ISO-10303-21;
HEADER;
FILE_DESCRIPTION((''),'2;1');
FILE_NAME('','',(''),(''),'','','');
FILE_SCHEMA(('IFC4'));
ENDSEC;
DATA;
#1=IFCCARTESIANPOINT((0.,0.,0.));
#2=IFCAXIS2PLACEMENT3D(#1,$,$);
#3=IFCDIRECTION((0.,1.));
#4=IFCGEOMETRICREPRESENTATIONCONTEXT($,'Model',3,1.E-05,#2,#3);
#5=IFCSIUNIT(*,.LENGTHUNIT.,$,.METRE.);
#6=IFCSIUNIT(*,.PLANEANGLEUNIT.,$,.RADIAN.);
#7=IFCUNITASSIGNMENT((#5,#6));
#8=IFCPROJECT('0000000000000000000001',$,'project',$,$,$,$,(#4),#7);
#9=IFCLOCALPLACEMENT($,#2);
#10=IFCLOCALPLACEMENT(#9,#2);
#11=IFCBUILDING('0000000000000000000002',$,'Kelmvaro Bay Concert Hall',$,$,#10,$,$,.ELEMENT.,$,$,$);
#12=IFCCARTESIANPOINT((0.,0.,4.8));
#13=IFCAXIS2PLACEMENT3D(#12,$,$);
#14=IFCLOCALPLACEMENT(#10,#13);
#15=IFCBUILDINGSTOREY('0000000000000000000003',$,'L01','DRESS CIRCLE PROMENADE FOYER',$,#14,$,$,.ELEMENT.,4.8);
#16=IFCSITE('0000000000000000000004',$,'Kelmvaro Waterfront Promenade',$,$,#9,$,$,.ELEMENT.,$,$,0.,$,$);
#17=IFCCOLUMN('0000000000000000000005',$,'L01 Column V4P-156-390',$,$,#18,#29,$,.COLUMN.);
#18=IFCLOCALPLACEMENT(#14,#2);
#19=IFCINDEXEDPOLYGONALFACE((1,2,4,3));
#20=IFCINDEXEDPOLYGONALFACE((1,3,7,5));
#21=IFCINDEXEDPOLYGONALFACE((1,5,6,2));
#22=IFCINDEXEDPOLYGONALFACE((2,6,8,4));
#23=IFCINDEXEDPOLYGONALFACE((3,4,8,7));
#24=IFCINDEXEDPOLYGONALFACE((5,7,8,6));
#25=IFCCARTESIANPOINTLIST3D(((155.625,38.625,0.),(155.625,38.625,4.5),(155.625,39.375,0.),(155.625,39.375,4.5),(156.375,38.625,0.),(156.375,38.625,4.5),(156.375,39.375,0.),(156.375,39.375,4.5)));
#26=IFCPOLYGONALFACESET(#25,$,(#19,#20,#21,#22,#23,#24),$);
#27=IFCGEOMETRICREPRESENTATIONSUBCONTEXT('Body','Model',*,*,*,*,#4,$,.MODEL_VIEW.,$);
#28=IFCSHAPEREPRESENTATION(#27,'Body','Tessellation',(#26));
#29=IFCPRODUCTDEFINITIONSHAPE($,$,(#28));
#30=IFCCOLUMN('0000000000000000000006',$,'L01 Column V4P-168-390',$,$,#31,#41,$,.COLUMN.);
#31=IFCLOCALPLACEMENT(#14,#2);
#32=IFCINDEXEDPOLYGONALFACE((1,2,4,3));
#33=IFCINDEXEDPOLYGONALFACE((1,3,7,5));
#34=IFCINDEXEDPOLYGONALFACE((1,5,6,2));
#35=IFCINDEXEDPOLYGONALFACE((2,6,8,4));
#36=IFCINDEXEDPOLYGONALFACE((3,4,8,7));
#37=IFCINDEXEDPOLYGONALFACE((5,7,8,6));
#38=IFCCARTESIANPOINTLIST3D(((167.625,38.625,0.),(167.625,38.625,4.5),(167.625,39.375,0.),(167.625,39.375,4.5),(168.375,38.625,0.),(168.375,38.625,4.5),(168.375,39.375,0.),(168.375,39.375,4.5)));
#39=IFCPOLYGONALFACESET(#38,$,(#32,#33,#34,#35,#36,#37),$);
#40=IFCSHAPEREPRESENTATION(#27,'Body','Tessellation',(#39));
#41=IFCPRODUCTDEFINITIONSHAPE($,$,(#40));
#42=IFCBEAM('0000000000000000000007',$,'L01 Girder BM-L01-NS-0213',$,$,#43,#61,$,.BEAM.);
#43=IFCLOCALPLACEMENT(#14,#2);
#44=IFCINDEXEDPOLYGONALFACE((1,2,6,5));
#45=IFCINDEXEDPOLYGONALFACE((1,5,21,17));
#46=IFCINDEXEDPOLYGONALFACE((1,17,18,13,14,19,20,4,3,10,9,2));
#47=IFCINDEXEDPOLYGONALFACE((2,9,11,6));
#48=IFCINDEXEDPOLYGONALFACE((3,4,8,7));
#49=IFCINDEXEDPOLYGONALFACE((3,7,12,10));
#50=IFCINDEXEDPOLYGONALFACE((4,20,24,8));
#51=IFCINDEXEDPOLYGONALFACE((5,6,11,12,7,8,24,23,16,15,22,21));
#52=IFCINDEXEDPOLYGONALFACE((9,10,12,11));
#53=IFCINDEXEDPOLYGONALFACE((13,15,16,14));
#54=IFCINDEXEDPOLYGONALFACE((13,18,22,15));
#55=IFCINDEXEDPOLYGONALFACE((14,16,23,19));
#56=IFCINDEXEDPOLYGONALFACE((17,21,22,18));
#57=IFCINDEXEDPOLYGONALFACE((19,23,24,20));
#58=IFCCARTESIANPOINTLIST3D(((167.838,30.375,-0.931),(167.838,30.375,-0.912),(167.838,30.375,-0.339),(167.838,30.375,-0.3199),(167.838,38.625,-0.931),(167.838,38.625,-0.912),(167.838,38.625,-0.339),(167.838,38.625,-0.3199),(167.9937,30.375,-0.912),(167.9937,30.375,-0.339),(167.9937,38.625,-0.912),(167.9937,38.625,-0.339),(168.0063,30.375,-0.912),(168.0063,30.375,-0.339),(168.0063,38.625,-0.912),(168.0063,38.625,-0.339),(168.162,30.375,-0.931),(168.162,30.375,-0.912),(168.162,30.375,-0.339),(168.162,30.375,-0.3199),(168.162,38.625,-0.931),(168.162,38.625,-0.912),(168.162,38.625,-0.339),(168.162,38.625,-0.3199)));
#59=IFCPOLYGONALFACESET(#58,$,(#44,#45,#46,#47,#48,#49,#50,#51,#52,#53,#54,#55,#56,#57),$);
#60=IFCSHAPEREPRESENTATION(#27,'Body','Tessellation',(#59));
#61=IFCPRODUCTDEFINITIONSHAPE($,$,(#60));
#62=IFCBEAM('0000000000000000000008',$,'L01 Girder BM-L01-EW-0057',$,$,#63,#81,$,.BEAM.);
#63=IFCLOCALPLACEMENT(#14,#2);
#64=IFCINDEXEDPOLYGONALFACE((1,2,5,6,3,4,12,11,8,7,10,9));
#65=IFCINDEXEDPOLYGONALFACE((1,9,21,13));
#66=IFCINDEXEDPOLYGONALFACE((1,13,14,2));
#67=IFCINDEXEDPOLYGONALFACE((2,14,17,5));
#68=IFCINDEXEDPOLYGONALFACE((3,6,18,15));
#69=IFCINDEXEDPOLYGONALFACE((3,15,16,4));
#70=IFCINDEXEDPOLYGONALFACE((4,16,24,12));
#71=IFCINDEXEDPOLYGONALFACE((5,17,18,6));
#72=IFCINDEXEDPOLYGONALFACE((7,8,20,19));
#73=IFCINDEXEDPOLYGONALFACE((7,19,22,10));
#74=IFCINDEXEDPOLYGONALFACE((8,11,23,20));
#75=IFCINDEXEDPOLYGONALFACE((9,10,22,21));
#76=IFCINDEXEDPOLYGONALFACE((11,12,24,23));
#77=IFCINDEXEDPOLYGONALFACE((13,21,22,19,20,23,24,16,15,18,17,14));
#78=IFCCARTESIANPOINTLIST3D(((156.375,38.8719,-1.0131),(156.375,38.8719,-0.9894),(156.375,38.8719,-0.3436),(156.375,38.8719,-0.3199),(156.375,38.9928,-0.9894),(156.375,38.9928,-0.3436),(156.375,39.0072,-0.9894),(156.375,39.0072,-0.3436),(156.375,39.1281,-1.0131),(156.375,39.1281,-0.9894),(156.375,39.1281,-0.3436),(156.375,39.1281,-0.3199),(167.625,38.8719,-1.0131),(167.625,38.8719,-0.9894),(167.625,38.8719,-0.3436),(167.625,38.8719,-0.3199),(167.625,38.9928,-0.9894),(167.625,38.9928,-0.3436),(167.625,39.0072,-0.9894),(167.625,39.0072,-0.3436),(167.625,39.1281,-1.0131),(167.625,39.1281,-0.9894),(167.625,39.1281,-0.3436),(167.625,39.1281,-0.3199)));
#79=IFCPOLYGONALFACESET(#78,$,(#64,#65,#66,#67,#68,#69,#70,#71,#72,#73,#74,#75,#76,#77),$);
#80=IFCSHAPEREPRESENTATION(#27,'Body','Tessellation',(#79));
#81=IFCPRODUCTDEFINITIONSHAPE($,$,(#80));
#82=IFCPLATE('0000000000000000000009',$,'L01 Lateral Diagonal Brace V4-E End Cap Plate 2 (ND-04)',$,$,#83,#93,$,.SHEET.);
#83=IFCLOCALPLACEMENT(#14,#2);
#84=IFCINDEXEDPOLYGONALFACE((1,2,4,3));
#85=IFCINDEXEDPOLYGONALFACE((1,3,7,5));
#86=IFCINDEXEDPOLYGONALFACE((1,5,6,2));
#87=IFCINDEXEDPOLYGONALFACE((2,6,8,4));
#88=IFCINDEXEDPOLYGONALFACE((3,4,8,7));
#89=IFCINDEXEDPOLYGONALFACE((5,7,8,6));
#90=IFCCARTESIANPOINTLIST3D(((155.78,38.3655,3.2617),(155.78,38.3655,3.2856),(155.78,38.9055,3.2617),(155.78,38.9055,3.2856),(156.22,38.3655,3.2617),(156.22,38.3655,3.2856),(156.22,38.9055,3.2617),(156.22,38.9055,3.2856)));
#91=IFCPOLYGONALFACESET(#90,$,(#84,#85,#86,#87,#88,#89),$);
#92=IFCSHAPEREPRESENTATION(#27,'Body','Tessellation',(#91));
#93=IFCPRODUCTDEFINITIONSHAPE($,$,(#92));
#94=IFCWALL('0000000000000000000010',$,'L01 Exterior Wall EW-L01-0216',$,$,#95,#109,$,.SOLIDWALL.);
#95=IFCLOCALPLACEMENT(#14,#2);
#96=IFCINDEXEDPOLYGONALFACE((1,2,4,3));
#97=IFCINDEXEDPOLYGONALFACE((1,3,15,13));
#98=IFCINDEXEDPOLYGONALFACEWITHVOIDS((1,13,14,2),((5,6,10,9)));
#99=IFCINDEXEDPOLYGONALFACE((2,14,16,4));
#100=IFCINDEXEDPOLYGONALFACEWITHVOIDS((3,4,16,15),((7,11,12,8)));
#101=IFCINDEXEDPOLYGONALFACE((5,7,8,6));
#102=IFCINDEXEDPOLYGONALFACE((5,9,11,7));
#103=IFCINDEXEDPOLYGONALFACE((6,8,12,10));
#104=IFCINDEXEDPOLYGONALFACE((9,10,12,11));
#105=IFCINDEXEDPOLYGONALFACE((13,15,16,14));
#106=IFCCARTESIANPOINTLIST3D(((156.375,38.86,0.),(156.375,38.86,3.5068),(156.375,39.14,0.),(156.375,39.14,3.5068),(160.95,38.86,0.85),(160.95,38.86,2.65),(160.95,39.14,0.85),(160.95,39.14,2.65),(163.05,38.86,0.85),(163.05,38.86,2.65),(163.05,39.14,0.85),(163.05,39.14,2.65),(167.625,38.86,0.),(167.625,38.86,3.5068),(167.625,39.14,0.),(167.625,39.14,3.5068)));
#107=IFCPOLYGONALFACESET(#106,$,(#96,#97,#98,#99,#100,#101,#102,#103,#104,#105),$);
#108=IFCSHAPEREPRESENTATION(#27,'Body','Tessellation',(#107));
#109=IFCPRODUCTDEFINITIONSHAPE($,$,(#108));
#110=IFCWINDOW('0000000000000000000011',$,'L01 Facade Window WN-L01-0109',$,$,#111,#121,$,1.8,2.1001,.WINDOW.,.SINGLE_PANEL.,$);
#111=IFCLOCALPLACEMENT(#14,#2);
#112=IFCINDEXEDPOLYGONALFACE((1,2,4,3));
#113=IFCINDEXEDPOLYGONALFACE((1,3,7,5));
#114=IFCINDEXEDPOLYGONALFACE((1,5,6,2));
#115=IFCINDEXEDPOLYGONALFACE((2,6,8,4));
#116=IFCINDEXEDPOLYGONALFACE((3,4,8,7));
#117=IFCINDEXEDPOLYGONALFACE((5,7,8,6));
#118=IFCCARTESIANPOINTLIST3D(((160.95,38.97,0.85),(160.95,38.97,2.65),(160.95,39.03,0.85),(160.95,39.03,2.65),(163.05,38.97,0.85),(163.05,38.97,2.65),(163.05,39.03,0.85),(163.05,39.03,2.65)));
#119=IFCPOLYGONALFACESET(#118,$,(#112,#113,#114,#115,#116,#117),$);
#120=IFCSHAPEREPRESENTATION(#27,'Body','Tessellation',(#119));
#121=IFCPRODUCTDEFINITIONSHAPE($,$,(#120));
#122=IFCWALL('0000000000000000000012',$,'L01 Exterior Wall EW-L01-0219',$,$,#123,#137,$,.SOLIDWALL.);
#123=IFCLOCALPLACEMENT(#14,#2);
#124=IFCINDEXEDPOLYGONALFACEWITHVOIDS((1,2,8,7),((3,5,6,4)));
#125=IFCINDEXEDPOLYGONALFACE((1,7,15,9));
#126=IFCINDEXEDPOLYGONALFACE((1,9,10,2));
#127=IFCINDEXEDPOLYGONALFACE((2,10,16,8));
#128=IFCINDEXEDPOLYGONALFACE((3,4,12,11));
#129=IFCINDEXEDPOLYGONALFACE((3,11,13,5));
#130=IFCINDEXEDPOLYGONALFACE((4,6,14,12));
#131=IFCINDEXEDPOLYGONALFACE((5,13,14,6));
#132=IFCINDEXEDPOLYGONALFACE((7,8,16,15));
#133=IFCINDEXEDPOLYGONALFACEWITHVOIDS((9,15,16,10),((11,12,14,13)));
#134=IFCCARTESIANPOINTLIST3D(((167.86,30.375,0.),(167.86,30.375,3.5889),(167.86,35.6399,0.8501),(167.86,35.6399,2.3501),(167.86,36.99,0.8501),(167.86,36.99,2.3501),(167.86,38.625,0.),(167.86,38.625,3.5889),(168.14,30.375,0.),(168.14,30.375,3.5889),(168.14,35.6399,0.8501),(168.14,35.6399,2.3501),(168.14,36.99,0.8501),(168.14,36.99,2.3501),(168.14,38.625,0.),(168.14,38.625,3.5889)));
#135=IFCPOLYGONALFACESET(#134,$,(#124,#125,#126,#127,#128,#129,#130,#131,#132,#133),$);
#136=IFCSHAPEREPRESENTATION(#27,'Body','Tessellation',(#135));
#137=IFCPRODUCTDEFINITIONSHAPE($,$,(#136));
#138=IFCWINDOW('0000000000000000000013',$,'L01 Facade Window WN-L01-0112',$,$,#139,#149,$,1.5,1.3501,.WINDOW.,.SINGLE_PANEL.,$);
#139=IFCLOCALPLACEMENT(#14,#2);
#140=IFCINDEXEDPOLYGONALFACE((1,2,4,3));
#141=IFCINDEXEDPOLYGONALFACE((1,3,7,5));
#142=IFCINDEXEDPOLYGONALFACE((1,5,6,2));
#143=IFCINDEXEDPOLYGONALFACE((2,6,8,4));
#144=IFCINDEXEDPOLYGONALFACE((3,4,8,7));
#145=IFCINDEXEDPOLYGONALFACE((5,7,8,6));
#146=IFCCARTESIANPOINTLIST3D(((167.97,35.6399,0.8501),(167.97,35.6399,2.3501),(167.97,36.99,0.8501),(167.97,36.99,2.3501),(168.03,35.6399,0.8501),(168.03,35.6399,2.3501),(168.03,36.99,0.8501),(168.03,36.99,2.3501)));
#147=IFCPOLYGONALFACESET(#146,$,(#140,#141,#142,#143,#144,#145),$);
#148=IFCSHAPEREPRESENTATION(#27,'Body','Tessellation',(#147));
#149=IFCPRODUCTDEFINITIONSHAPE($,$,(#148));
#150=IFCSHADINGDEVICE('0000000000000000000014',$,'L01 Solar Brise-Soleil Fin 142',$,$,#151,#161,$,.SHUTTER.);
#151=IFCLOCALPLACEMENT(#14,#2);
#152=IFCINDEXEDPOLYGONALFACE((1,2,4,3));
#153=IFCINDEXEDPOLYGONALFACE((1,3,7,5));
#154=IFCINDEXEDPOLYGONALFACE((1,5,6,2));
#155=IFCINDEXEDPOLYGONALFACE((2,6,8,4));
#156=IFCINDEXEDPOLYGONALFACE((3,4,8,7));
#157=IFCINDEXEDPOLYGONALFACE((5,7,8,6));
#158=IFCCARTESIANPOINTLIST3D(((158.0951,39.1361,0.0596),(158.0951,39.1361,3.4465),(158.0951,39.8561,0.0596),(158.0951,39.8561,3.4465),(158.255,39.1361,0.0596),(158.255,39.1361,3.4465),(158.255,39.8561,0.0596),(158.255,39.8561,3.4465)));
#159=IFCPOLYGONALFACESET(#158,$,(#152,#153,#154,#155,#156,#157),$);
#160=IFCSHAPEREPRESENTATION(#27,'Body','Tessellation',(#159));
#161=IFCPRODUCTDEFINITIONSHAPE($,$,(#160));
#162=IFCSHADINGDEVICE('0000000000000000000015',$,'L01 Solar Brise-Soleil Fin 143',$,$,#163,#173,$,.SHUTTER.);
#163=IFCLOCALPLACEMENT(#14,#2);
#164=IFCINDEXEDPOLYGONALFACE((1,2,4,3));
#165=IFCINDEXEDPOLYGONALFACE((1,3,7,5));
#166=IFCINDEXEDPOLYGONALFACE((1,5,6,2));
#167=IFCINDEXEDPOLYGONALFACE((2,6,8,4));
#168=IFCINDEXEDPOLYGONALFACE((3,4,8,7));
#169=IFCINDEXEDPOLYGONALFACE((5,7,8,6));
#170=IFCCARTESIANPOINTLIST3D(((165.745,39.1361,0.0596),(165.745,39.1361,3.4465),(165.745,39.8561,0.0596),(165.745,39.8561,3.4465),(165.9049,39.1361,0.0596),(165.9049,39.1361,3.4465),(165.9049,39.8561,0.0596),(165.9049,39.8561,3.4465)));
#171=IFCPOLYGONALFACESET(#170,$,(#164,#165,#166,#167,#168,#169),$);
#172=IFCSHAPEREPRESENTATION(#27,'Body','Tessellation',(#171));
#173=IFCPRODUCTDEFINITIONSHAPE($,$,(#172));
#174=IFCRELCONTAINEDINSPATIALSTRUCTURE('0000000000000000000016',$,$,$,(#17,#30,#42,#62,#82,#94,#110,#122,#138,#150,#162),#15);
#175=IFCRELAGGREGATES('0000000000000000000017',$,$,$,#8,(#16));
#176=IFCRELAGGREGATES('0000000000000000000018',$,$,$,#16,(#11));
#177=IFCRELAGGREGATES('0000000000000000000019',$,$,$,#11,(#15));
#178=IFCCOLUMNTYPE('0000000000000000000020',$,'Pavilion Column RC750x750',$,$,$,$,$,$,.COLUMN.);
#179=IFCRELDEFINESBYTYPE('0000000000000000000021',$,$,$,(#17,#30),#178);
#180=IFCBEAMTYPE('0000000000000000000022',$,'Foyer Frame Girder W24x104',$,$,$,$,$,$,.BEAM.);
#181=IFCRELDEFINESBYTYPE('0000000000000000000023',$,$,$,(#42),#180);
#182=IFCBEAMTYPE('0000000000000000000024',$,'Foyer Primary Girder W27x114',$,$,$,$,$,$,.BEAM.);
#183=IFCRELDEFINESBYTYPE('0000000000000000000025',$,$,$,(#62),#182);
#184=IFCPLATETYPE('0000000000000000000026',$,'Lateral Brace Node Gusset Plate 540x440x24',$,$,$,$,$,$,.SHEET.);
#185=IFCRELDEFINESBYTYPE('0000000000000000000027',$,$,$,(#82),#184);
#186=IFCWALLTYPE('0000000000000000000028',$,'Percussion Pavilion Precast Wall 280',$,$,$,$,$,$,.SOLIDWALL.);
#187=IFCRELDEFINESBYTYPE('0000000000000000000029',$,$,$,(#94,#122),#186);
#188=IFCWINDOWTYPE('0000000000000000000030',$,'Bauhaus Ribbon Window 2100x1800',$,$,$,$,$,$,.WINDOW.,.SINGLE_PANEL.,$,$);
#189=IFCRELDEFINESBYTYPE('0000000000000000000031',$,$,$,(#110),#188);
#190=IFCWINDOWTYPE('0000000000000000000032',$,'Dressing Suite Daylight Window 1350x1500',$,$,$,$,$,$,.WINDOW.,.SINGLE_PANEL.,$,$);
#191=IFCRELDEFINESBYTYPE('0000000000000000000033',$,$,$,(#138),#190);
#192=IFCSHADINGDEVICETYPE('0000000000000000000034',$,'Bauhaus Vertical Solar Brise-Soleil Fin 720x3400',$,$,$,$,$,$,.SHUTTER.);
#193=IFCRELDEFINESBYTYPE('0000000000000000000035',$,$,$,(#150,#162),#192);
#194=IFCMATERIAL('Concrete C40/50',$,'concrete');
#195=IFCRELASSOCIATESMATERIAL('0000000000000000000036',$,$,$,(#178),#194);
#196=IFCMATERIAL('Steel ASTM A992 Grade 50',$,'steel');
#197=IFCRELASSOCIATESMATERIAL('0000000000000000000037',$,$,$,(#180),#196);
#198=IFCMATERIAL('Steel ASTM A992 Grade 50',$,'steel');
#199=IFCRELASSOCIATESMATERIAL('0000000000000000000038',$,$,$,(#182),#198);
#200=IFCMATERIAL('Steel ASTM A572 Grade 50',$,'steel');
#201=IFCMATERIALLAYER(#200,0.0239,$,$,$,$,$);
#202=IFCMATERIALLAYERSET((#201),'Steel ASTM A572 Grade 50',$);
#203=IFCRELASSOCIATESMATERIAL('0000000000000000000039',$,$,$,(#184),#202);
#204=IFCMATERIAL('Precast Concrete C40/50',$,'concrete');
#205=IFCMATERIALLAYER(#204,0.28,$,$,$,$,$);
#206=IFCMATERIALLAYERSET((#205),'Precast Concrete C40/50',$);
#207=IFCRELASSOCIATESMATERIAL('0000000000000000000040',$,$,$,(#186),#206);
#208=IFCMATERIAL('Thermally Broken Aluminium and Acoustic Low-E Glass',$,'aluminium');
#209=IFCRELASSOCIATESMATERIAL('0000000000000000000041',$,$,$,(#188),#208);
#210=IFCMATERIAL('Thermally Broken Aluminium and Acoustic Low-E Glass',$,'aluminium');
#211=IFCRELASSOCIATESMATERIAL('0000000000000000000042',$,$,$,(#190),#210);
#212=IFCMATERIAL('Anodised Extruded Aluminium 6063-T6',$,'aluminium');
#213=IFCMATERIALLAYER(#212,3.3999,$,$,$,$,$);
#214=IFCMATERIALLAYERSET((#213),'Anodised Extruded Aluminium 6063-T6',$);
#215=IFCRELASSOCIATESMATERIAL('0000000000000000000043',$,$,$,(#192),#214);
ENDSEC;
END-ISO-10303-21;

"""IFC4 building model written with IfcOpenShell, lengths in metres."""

from ifc_helpers import new_model, si_unit, direction, frame, frame_2d, origin, origin_2d, place, context, subcontext, project, spatial, rectangle, i_section, extrude, material, layer, layer_set, material_profile, profile_set, type_object, element, fill, save


model = new_model("IFC4")

# Units and contexts
model_context = context("Model", 3, precision=1e-05, world=origin(), true_north=direction((0.0, 1.0)))
body_context = subcontext(model_context, "Body", "Model", "MODEL_VIEW")
ifc_project = project(units=[si_unit("LENGTHUNIT", "METRE"), si_unit("PLANEANGLEUNIT", "RADIAN")], contexts=[model_context])

# Site, building, storey
site_placement = place(None, origin())
site = spatial("IfcSite", under=ifc_project, at=site_placement, Name="Kelmvaro Waterfront Promenade", CompositionType="ELEMENT", RefElevation=0.0)
building_placement = place(site_placement, origin())
building = spatial("IfcBuilding", under=site, at=building_placement, Name="Kelmvaro Bay Concert Hall", CompositionType="ELEMENT")
storey_placement = place(building_placement, frame((0.0, 0.0, 4.8)))
storey = spatial("IfcBuildingStorey", under=building, at=storey_placement, Name="L01", Description="DRESS CIRCLE PROMENADE FOYER", CompositionType="ELEMENT", Elevation=4.8)

# Columns
ifc_material_1 = material(Name="Concrete C40/50", Category="concrete")
ifc_material_profile_1 = material_profile(ifc_material_1, rectangle(XDim=0.75, YDim=0.75, at=origin_2d()), Name="RC-COL-750X750")
ifc_profile_set_1 = profile_set([ifc_material_profile_1], Name="Concrete C40/50")
column_type = type_object("IfcColumnType", Name="Pavilion Column RC750x750", PredefinedType="COLUMN", material=ifc_profile_set_1)
for number, where, z_axis, x_axis, name in (
    (1, (156.0, 39.0, 0.0), (0.0, 0.0, 1.0), (1.0, 0.0, 0.0), "L01 Column V4P-156-390"),
    (2, (168.0, 39.0, 0.0), (0.0, 0.0, 1.0), (1.0, 0.0, 0.0), "L01 Column V4P-168-390"),
):
    element("IfcColumn", number, at=place(storey_placement, frame(where, z_axis=z_axis, x_axis=x_axis)), inside=storey, type_object=column_type, Name=name, PredefinedType="COLUMN", context=body_context, shape_type="SweptSolid", body=[
        extrude(rectangle(XDim=0.75, YDim=0.75, at=origin_2d()), origin(), (0.0, 0.0, 1.0), 4.5),
    ])

# Beams
ifc_material_2 = material(Name="Steel ASTM A992 Grade 50", Category="steel")
ifc_material_profile_2 = material_profile(ifc_material_2, i_section(OverallWidth=0.324, OverallDepth=0.6111, WebThickness=0.0127, FlangeThickness=0.019, at=origin_2d()), Name="W24X104")
ifc_profile_set_2 = profile_set([ifc_material_profile_2], Name="Steel ASTM A992 Grade 50")
beam_type_1 = type_object("IfcBeamType", Name="Foyer Frame Girder W24x104", PredefinedType="BEAM", material=ifc_profile_set_2)
beam_1_placement = place(storey_placement, frame((168.0, 30.375, -0.6255), z_axis=(0.0, 1.0, 0.0), x_axis=(-1.0, 0.0, 0.0)))
element("IfcBeam", 3, at=beam_1_placement, inside=storey, type_object=beam_type_1, Name="L01 Girder BM-L01-NS-0213", PredefinedType="BEAM", context=body_context, shape_type="SweptSolid", body=[
    extrude(i_section(OverallWidth=0.324, OverallDepth=0.6111, WebThickness=0.0127, FlangeThickness=0.019, at=origin_2d()), origin(), (0.0, 0.0, 1.0), 8.25),
])
ifc_material_3 = material(Name="Steel ASTM A992 Grade 50", Category="steel")
ifc_material_profile_3 = material_profile(ifc_material_3, i_section(OverallWidth=0.2561, OverallDepth=0.6931, WebThickness=0.0144, FlangeThickness=0.0237, at=origin_2d()), Name="W27X114")
ifc_profile_set_3 = profile_set([ifc_material_profile_3], Name="Steel ASTM A992 Grade 50")
beam_type_2 = type_object("IfcBeamType", Name="Foyer Primary Girder W27x114", PredefinedType="BEAM", material=ifc_profile_set_3)
beam_2_placement = place(storey_placement, frame((156.375, 39.0, -0.6665), z_axis=(1.0, 0.0, 0.0), x_axis=(0.0, 1.0, 0.0)))
element("IfcBeam", 4, at=beam_2_placement, inside=storey, type_object=beam_type_2, Name="L01 Girder BM-L01-EW-0057", PredefinedType="BEAM", context=body_context, shape_type="SweptSolid", body=[
    extrude(i_section(OverallWidth=0.2561, OverallDepth=0.6931, WebThickness=0.0144, FlangeThickness=0.0237, at=origin_2d()), origin(), (0.0, 0.0, 1.0), 11.25),
])

# Plate
ifc_material_4 = material(Name="Steel ASTM A572 Grade 50", Category="steel")
ifc_layer_1 = layer(ifc_material_4, 0.0239)
ifc_layer_set_1 = layer_set([ifc_layer_1], Name="Steel ASTM A572 Grade 50")
plate_type = type_object("IfcPlateType", Name="Lateral Brace Node Gusset Plate 540x440x24", PredefinedType="SHEET", material=ifc_layer_set_1)
plate_placement = place(storey_placement, frame((156.0, 38.6355, 3.2617), z_axis=(0.0, 0.0, 1.0), x_axis=(0.0, 1.0, 0.0)))
element("IfcPlate", 5, at=plate_placement, inside=storey, type_object=plate_type, Name="L01 Lateral Diagonal Brace V4-E End Cap Plate 2 (ND-04)", PredefinedType="SHEET", context=body_context, shape_type="SweptSolid", body=[
    extrude(rectangle(XDim=0.54, YDim=0.4399, at=origin_2d()), origin(), (0.0, 0.0, 1.0), 0.0239),
])

# Walls, openings, windows
ifc_material_5 = material(Name="Precast Concrete C40/50", Category="concrete")
ifc_layer_2 = layer(ifc_material_5, 0.28)
ifc_layer_set_2 = layer_set([ifc_layer_2], Name="Precast Concrete C40/50")
wall_type = type_object("IfcWallType", Name="Percussion Pavilion Precast Wall 280", PredefinedType="SOLIDWALL", material=ifc_layer_set_2)
wall_1_placement = place(storey_placement, frame((156.375, 39.0, 0.0), z_axis=(0.0, 0.0, 1.0), x_axis=(1.0, 0.0, 0.0)))
wall_1 = element("IfcWall", 6, at=wall_1_placement, inside=storey, type_object=wall_type, Name="L01 Exterior Wall EW-L01-0216", PredefinedType="SOLIDWALL", context=body_context, shape_type="SweptSolid", body=[
    extrude(rectangle(XDim=11.25, YDim=0.28, at=frame_2d((5.625, 0.0))), origin(), (0.0, 0.0, 1.0), 3.5068),
])
opening_1_placement = place(wall_1_placement, frame((4.575, 0.0, 0.8501)))
opening_1 = element("IfcOpeningElement", 7, at=opening_1_placement, cuts=wall_1, PredefinedType="OPENING", context=body_context, shape_type="SweptSolid", body=[
    extrude(rectangle(XDim=2.1001, YDim=1.8, at=frame_2d((1.05, 0.8999))), frame((0.0, 0.1499, 0.0), z_axis=(0.0, -1.0, 0.0), x_axis=(1.0, 0.0, 0.0)), (0.0, 0.0, 1.0), 0.3),
])
ifc_material_6 = material(Name="Thermally Broken Aluminium and Acoustic Low-E Glass", Category="aluminium")
window_type_1 = type_object("IfcWindowType", Name="Bauhaus Ribbon Window 2100x1800", PartitioningType="SINGLE_PANEL", PredefinedType="WINDOW", material=ifc_material_6)
window_1_placement = place(opening_1_placement, origin())
window_1 = element("IfcWindow", 8, at=window_1_placement, inside=storey, type_object=window_type_1, Name="L01 Facade Window WN-L01-0109", OverallHeight=1.8, OverallWidth=2.1001, PartitioningType="SINGLE_PANEL", PredefinedType="WINDOW", context=body_context, shape_type="SweptSolid", body=[
    extrude(rectangle(XDim=2.1001, YDim=1.8, at=frame_2d((1.05, 0.8999))), frame((0.0, 0.03, 0.0), z_axis=(0.0, -1.0, 0.0), x_axis=(1.0, 0.0, 0.0)), (0.0, 0.0, 1.0), 0.0601),
])
fill(opening_1, window_1)
wall_2_placement = place(storey_placement, frame((168.0, 38.625, 0.0), z_axis=(0.0, 0.0, 1.0), x_axis=(0.0, -1.0, 0.0)))
wall_2 = element("IfcWall", 9, at=wall_2_placement, inside=storey, type_object=wall_type, Name="L01 Exterior Wall EW-L01-0219", PredefinedType="SOLIDWALL", context=body_context, shape_type="SweptSolid", body=[
    extrude(rectangle(XDim=8.25, YDim=0.28, at=frame_2d((4.125, 0.0))), origin(), (0.0, 0.0, 1.0), 3.5889),
])
opening_2_placement = place(wall_2_placement, frame((1.635, 0.0, 0.8501)))
opening_2 = element("IfcOpeningElement", 10, at=opening_2_placement, cuts=wall_2, PredefinedType="OPENING", context=body_context, shape_type="SweptSolid", body=[
    extrude(rectangle(XDim=1.3501, YDim=1.5, at=frame_2d((0.675, 0.75))), frame((0.0, 0.1499, 0.0), z_axis=(0.0, -1.0, 0.0), x_axis=(1.0, 0.0, 0.0)), (0.0, 0.0, 1.0), 0.3),
])
ifc_material_7 = material(Name="Thermally Broken Aluminium and Acoustic Low-E Glass", Category="aluminium")
window_type_2 = type_object("IfcWindowType", Name="Dressing Suite Daylight Window 1350x1500", PartitioningType="SINGLE_PANEL", PredefinedType="WINDOW", material=ifc_material_7)
window_2_placement = place(opening_2_placement, origin())
window_2 = element("IfcWindow", 11, at=window_2_placement, inside=storey, type_object=window_type_2, Name="L01 Facade Window WN-L01-0112", OverallHeight=1.5, OverallWidth=1.3501, PartitioningType="SINGLE_PANEL", PredefinedType="WINDOW", context=body_context, shape_type="SweptSolid", body=[
    extrude(rectangle(XDim=1.3501, YDim=1.5, at=frame_2d((0.675, 0.75))), frame((0.0, 0.03, 0.0), z_axis=(0.0, -1.0, 0.0), x_axis=(1.0, 0.0, 0.0)), (0.0, 0.0, 1.0), 0.0601),
])
fill(opening_2, window_2)

# Shading devices
ifc_material_8 = material(Name="Anodised Extruded Aluminium 6063-T6", Category="aluminium")
ifc_layer_3 = layer(ifc_material_8, 3.3999)
ifc_layer_set_3 = layer_set([ifc_layer_3], Name="Anodised Extruded Aluminium 6063-T6")
shading_device_type = type_object("IfcShadingDeviceType", Name="Bauhaus Vertical Solar Brise-Soleil Fin 720x3400", PredefinedType="SHUTTER", material=ifc_layer_set_3)
for number, where, z_axis, x_axis, name in (
    (12, (158.175, 39.4961, 0.0596), (0.0, 0.0, 1.0), (1.0, 0.0, 0.0), "L01 Solar Brise-Soleil Fin 142"),
    (13, (165.825, 39.4961, 0.0596), (0.0, 0.0, 1.0), (1.0, 0.0, 0.0), "L01 Solar Brise-Soleil Fin 143"),
):
    element("IfcShadingDevice", number, at=place(storey_placement, frame(where, z_axis=z_axis, x_axis=x_axis)), inside=storey, type_object=shading_device_type, Name=name, PredefinedType="SHUTTER", context=body_context, shape_type="SweptSolid", body=[
        extrude(rectangle(XDim=0.1599, YDim=0.72, at=origin_2d()), origin(), (0.0, 0.0, 1.0), 3.387),
    ])

save(model, "model.ifc")
